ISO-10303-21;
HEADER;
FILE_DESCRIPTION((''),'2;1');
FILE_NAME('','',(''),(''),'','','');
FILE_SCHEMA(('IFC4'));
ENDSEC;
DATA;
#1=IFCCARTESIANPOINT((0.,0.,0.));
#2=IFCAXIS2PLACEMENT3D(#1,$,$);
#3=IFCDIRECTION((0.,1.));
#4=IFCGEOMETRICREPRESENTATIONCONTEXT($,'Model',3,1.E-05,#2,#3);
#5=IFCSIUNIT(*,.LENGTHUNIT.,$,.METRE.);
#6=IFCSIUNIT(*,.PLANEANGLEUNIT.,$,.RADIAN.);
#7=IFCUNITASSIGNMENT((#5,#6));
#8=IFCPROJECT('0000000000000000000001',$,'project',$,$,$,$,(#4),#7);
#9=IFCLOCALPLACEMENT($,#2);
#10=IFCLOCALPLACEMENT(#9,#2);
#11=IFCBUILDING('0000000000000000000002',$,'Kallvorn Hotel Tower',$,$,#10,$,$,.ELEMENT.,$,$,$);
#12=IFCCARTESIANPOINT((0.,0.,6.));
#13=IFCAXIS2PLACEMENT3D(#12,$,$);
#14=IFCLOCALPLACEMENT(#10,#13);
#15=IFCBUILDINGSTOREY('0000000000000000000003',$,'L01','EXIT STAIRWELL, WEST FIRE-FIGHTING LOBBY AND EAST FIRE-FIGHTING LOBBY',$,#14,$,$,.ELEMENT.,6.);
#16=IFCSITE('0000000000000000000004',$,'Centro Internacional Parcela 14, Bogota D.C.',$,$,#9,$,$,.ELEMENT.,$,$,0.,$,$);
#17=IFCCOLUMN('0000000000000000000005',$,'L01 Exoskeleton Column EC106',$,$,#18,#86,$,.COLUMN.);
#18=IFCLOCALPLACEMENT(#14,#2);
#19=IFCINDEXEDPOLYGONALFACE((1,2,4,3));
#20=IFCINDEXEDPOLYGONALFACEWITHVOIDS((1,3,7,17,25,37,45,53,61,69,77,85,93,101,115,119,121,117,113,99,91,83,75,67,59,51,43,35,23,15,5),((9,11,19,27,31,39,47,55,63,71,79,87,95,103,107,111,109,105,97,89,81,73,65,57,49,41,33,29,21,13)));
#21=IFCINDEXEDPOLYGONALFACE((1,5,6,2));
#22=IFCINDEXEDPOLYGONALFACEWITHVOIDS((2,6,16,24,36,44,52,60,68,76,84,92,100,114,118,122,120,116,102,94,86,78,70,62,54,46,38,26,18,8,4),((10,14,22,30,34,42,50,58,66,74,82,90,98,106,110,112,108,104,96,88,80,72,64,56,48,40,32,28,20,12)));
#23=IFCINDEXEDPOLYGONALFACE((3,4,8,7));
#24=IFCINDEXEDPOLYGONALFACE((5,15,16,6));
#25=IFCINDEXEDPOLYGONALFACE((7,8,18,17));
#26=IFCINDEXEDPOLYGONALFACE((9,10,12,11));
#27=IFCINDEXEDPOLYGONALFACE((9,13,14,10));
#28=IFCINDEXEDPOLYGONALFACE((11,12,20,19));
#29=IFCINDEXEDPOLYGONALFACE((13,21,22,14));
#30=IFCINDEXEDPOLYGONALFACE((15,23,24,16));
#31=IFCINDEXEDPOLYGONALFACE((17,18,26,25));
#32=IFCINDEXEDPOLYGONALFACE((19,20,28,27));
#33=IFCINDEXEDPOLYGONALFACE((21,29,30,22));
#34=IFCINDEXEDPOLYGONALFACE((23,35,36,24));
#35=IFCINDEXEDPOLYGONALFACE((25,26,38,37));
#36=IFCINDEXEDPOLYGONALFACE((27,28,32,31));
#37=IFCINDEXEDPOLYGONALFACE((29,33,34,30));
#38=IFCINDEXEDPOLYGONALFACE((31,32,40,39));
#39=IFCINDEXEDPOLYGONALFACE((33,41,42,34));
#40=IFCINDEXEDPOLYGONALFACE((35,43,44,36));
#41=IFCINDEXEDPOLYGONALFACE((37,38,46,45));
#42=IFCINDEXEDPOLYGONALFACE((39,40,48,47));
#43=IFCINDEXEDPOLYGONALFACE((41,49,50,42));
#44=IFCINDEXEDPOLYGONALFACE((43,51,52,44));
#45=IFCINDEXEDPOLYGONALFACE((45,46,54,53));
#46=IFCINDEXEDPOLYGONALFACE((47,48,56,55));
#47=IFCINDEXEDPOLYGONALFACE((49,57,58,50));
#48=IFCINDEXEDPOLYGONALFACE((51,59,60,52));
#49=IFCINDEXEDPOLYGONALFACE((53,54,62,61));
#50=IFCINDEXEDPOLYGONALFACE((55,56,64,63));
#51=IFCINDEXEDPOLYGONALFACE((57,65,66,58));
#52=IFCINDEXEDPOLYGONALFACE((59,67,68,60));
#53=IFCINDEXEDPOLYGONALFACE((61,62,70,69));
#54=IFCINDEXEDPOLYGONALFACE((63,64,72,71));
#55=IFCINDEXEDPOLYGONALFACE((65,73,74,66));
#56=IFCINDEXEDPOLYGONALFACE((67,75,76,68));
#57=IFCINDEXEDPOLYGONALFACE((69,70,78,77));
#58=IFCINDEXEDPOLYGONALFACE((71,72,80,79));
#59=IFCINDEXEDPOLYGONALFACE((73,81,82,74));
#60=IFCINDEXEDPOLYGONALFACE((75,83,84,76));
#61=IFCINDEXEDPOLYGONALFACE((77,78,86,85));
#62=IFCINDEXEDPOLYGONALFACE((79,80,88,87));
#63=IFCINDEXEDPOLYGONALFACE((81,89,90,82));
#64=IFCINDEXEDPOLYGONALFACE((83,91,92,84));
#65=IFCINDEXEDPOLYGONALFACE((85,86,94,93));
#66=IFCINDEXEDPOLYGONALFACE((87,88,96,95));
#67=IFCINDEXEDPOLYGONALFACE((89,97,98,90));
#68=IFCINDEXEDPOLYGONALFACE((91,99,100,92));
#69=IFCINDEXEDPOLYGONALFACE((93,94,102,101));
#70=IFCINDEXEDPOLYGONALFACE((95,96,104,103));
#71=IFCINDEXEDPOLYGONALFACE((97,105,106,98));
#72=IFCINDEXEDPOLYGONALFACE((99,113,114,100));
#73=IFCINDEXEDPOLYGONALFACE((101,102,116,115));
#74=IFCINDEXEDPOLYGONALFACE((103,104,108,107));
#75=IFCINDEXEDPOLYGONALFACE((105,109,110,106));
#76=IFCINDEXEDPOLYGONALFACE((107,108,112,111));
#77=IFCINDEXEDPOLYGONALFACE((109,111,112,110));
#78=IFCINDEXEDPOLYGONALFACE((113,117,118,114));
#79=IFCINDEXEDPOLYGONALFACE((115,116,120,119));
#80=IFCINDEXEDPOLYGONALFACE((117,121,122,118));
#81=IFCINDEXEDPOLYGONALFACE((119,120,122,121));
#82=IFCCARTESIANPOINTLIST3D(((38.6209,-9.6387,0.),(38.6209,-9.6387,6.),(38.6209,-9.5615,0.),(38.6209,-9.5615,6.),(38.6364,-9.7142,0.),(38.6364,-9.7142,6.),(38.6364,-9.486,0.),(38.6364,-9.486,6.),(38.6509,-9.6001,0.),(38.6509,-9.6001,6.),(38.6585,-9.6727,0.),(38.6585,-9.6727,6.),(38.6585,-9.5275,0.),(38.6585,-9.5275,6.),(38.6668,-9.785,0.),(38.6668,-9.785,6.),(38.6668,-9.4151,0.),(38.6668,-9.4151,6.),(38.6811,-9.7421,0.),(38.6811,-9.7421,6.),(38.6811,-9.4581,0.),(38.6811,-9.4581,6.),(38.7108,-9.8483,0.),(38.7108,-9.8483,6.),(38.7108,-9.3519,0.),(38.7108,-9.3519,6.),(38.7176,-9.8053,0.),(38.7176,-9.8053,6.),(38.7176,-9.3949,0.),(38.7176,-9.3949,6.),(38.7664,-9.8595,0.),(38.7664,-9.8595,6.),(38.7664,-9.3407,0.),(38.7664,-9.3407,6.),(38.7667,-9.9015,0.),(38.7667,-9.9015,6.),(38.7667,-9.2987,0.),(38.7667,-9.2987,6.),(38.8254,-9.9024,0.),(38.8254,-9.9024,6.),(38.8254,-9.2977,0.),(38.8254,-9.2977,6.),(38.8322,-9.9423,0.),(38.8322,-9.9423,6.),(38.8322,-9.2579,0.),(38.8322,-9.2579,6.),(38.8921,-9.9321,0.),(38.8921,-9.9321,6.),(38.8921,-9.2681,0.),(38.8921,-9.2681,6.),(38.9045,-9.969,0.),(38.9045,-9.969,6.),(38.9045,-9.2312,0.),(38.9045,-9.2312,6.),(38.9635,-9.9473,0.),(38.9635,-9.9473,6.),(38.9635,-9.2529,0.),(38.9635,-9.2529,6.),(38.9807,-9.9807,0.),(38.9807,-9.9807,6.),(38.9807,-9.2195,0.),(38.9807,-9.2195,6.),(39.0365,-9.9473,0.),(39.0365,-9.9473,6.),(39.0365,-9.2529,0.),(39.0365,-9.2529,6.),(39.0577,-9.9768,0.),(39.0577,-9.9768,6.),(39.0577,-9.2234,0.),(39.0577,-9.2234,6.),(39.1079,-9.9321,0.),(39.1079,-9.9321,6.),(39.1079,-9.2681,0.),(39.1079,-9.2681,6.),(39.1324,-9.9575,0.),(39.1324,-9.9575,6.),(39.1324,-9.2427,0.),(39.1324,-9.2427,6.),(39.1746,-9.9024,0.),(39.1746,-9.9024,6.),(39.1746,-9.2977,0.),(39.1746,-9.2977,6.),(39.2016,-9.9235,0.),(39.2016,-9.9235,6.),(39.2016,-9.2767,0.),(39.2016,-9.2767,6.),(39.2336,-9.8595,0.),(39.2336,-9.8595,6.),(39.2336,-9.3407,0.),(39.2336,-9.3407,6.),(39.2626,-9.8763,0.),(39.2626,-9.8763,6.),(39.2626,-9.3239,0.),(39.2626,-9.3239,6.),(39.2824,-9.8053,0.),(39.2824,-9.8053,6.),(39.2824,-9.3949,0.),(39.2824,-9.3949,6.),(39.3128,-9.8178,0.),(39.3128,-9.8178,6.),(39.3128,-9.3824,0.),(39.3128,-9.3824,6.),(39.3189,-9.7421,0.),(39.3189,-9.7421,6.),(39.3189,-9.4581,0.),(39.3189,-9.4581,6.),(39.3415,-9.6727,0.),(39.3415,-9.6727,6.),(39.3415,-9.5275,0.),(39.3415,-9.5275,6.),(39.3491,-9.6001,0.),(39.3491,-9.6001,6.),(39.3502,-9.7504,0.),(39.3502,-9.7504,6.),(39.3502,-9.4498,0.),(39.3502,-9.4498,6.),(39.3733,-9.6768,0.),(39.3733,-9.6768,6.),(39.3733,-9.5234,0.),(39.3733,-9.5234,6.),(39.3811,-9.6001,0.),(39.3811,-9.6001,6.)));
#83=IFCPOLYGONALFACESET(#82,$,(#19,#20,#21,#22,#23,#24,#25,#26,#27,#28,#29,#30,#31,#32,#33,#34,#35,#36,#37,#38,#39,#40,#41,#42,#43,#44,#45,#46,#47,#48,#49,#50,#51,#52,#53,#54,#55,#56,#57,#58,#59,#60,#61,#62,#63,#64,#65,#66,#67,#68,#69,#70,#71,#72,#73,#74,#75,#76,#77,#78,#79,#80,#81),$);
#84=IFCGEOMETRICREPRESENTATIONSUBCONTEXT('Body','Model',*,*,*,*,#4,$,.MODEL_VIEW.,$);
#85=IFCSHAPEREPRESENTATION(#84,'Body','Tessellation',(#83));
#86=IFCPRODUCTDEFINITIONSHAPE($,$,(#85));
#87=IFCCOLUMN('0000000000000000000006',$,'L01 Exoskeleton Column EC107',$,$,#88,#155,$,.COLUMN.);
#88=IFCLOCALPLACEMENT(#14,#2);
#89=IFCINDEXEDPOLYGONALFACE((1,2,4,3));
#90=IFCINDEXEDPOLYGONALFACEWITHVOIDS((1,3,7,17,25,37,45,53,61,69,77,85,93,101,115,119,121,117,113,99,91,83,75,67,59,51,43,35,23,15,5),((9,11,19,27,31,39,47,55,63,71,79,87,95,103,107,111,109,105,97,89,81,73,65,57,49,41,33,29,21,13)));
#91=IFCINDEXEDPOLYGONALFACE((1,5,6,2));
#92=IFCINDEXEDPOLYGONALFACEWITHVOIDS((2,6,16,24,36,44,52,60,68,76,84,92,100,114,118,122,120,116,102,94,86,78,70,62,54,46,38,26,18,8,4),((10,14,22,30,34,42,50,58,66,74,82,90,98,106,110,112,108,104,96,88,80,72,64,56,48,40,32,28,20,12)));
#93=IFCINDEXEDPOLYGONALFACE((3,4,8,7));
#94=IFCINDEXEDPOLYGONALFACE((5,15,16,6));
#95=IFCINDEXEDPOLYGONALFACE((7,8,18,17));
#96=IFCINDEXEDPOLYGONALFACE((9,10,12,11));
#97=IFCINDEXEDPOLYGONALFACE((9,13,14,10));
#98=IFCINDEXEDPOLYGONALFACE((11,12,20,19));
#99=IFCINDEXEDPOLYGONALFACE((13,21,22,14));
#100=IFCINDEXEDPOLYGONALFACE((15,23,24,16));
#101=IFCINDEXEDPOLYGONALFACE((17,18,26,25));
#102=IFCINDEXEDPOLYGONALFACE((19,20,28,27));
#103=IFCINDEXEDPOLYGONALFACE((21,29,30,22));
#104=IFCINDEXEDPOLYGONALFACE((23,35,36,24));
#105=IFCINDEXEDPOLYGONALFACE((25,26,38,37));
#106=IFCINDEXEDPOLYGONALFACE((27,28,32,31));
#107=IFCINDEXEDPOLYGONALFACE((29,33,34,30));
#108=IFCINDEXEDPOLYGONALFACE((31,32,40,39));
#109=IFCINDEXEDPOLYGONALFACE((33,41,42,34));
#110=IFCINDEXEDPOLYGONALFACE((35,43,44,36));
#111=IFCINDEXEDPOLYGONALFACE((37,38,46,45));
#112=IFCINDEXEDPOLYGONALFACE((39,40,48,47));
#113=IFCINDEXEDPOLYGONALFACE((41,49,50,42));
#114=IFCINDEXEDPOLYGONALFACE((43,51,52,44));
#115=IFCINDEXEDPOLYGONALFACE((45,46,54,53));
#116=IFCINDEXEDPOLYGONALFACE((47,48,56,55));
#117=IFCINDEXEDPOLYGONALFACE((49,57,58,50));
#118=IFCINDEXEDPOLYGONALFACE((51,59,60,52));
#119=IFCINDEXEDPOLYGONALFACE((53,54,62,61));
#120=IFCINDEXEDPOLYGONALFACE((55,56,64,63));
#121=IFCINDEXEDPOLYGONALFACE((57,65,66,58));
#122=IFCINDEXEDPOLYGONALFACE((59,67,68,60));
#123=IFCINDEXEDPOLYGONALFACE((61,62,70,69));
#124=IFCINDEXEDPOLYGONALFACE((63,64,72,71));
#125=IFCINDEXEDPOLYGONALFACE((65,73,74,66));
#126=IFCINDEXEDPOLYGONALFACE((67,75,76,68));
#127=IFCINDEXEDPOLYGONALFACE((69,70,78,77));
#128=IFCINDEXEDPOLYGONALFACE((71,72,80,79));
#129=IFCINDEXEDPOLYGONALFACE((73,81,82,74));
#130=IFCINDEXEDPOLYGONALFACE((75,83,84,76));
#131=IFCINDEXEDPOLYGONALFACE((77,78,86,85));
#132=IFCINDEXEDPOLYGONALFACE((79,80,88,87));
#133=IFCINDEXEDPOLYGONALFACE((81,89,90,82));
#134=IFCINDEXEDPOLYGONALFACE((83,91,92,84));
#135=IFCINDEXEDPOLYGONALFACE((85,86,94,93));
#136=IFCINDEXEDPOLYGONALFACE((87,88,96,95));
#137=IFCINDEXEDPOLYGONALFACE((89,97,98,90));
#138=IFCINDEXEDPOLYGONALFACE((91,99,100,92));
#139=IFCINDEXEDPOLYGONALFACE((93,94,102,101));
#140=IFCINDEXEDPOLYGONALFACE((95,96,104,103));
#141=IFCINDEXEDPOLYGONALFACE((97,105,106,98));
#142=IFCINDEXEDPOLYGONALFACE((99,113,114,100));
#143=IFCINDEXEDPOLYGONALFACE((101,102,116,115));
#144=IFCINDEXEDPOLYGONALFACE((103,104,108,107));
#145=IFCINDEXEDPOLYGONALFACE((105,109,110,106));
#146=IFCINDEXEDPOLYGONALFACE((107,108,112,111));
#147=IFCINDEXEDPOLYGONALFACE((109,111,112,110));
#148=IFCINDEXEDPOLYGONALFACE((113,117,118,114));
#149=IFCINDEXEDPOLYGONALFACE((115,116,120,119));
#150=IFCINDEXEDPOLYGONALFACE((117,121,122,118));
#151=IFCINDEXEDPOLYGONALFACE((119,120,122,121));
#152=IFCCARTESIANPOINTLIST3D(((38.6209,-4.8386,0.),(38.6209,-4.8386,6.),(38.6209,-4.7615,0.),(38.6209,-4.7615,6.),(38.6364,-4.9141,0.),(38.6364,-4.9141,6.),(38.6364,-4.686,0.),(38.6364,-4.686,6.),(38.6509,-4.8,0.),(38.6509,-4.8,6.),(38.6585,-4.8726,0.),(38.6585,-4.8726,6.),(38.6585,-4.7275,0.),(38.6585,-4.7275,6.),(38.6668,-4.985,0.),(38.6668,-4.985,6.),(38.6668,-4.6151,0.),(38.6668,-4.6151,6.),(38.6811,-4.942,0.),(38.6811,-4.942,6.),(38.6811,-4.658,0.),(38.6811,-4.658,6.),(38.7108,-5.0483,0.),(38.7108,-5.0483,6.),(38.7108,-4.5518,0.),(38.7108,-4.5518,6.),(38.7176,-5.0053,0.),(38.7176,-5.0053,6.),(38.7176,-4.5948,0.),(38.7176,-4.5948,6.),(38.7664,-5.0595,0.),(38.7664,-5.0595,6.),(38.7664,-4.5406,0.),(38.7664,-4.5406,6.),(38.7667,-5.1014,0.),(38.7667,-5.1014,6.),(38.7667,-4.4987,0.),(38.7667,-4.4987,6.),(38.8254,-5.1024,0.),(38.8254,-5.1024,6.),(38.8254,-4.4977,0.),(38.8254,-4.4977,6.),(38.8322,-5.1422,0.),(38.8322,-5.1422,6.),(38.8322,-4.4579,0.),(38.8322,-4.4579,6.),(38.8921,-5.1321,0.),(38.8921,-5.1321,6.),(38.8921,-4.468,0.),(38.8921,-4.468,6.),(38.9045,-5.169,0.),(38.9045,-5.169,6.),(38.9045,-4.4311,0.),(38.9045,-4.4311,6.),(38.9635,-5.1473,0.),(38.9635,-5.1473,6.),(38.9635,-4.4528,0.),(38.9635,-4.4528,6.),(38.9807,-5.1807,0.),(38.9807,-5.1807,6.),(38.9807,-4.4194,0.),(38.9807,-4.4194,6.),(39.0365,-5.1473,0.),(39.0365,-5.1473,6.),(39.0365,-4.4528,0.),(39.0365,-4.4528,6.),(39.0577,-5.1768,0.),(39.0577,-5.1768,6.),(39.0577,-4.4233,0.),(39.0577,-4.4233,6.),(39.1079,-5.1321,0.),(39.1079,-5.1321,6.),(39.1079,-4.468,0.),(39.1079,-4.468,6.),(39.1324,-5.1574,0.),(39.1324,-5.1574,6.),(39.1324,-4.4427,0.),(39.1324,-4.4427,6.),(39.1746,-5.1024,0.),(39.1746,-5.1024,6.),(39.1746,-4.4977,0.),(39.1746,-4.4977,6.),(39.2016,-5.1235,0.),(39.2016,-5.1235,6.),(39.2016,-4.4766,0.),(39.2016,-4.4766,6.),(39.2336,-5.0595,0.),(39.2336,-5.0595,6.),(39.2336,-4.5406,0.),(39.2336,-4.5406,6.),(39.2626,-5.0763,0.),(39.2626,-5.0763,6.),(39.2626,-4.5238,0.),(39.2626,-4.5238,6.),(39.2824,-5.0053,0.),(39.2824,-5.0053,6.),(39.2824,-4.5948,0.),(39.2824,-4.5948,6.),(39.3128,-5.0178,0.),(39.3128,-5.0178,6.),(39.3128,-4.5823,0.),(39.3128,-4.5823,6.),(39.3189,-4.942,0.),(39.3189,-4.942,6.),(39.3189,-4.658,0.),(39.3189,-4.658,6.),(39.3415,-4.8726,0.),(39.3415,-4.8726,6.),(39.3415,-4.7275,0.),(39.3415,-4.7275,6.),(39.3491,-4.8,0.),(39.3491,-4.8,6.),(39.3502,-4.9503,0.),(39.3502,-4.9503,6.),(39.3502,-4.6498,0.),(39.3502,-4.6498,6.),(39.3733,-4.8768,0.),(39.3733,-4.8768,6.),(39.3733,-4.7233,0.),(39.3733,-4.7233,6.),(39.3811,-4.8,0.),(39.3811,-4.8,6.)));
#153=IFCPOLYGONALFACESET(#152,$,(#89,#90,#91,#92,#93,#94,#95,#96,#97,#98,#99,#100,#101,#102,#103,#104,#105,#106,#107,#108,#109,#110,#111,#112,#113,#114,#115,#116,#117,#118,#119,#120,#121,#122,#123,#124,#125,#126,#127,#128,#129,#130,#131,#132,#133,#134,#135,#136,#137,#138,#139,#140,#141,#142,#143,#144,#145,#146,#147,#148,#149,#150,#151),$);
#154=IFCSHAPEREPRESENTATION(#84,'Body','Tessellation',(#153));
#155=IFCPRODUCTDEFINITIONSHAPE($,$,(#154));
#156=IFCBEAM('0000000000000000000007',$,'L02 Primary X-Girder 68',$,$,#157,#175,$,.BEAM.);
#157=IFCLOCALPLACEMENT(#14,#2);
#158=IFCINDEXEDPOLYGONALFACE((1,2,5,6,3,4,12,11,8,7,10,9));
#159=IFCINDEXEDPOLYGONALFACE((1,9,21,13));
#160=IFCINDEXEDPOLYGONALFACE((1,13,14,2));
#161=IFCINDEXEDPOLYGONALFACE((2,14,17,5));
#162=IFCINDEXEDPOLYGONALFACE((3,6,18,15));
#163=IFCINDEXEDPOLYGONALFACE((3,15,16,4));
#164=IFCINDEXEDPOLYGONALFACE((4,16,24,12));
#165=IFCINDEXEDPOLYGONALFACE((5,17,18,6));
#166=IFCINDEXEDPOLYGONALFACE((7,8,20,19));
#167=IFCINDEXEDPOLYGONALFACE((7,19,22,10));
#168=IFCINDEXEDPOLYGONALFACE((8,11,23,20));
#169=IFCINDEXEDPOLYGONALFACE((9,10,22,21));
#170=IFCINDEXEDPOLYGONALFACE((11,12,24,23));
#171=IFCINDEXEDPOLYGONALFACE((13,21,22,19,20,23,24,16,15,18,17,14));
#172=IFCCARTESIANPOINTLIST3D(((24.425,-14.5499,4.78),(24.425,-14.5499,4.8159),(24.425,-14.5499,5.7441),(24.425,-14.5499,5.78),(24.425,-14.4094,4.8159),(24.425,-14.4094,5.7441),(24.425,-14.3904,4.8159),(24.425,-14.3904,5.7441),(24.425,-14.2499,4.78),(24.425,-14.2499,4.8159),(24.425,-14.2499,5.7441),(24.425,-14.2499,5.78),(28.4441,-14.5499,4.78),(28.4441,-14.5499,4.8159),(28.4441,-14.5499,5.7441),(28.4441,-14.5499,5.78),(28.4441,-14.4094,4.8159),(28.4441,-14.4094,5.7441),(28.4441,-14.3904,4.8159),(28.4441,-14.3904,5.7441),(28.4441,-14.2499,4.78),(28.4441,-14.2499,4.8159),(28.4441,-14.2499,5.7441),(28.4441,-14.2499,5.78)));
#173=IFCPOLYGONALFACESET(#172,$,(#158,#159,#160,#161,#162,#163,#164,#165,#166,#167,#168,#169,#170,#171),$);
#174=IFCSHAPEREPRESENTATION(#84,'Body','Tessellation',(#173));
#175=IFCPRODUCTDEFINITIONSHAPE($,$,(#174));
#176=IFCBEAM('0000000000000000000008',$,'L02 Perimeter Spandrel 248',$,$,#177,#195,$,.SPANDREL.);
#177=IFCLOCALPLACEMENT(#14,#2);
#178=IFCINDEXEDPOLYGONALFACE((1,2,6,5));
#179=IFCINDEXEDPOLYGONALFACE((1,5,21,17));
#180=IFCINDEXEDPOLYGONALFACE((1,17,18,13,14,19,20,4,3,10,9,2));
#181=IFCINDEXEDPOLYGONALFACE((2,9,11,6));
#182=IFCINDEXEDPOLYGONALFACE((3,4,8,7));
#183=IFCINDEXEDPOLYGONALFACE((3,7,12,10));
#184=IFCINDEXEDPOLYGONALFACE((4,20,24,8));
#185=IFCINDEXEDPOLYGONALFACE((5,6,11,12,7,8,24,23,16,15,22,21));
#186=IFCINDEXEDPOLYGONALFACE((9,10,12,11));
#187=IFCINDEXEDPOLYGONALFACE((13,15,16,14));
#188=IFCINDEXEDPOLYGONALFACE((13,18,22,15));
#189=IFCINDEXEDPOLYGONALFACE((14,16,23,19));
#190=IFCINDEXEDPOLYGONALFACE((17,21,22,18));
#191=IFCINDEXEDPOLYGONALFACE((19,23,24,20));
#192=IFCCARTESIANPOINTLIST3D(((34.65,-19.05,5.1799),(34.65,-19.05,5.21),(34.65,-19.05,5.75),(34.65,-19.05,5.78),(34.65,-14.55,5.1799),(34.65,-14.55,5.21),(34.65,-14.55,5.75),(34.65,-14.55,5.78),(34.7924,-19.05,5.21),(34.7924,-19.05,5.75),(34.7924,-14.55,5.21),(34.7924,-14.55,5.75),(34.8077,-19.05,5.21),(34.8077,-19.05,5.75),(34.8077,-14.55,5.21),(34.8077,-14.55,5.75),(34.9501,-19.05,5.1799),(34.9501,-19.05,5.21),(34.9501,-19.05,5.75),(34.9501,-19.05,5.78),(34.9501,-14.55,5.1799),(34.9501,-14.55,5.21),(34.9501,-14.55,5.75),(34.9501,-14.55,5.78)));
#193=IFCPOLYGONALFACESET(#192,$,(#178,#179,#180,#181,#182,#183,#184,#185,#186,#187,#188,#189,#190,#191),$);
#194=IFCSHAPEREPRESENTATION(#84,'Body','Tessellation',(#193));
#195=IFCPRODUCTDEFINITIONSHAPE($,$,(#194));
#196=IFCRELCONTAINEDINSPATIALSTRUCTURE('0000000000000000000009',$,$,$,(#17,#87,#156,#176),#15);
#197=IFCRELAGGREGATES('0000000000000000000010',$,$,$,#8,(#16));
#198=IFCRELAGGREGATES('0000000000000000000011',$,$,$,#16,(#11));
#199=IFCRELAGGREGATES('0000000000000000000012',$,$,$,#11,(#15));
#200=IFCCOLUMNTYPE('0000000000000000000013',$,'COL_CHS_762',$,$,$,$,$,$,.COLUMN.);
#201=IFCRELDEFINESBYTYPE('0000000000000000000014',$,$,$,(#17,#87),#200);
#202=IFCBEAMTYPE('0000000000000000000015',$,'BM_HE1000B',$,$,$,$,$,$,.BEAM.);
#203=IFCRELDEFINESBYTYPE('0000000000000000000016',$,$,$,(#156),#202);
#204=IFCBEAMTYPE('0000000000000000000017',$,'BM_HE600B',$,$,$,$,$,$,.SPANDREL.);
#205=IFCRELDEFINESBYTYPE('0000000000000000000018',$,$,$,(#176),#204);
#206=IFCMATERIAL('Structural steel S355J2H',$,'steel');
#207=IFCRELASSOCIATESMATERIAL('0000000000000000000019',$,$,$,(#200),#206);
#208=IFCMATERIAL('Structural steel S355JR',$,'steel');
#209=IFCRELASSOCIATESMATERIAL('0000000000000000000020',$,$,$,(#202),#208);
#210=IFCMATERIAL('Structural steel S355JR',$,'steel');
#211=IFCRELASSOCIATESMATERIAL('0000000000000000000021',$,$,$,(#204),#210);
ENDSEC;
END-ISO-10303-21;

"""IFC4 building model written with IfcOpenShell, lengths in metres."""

from ifc_helpers import new_model, si_unit, direction, frame, origin, origin_2d, place, context, subcontext, project, spatial, hollow_circle, i_section, extrude, material, material_profile, profile_set, type_object, element, save


model = new_model("IFC4")

# Units and contexts
model_context = context("Model", 3, precision=1e-05, world=origin(), true_north=direction((0.0, 1.0)))
body_context = subcontext(model_context, "Body", "Model", "MODEL_VIEW")
ifc_project = project(units=[si_unit("LENGTHUNIT", "METRE"), si_unit("PLANEANGLEUNIT", "RADIAN")], contexts=[model_context])

# Site, building, storey
site_placement = place(None, origin())
site = spatial("IfcSite", under=ifc_project, at=site_placement, Name="Centro Internacional Parcela 14, Bogota D.C.", CompositionType="ELEMENT", RefElevation=0.0)
building_placement = place(site_placement, origin())
building = spatial("IfcBuilding", under=site, at=building_placement, Name="Kallvorn Hotel Tower", CompositionType="ELEMENT")
storey_placement = place(building_placement, frame((0.0, 0.0, 6.0)))
storey = spatial("IfcBuildingStorey", under=building, at=storey_placement, Name="L01", Description="EXIT STAIRWELL, WEST FIRE-FIGHTING LOBBY AND EAST FIRE-FIGHTING LOBBY", CompositionType="ELEMENT", Elevation=6.0)

# Columns
ifc_material_1 = material(Name="Structural steel S355J2H", Category="steel")
ifc_material_profile_1 = material_profile(ifc_material_1, hollow_circle(Radius=0.3811, WallThickness=0.032, at=origin_2d()), Name="CHS 762x32")
ifc_profile_set_1 = profile_set([ifc_material_profile_1], Name="Structural steel S355J2H")
column_type = type_object("IfcColumnType", Name="COL_CHS_762", PredefinedType="COLUMN", material=ifc_profile_set_1)
for number, where, z_axis, x_axis, name in (
    (1, (39.0, -9.6001, 0.0), (0.0, 0.0, 1.0), (1.0, 0.0, 0.0), "L01 Exoskeleton Column EC106"),
    (2, (39.0, -4.8, 0.0), (0.0, 0.0, 1.0), (1.0, 0.0, 0.0), "L01 Exoskeleton Column EC107"),
):
    element("IfcColumn", number, at=place(storey_placement, frame(where, z_axis=z_axis, x_axis=x_axis)), inside=storey, type_object=column_type, Name=name, PredefinedType="COLUMN", context=body_context, shape_type="SweptSolid", body=[
        extrude(hollow_circle(Radius=0.3811, WallThickness=0.032, at=origin_2d()), origin(), (0.0, 0.0, 1.0), 6.0),
    ])

# Beams
ifc_material_2 = material(Name="Structural steel S355JR", Category="steel")
ifc_material_profile_2 = material_profile(ifc_material_2, i_section(OverallWidth=0.3, OverallDepth=1.0, WebThickness=0.019, FlangeThickness=0.0359, at=origin_2d()), Name="HE 1000 B")
ifc_profile_set_2 = profile_set([ifc_material_profile_2], Name="Structural steel S355JR")
beam_type_1 = type_object("IfcBeamType", Name="BM_HE1000B", PredefinedType="BEAM", material=ifc_profile_set_2)
beam_1_placement = place(storey_placement, frame((24.425, -14.3999, 5.28), z_axis=(1.0, 0.0, 0.0), x_axis=(0.0, 1.0, 0.0)))
element("IfcBeam", 3, at=beam_1_placement, inside=storey, type_object=beam_type_1, Name="L02 Primary X-Girder 68", PredefinedType="BEAM", context=body_context, shape_type="SweptSolid", body=[
    extrude(i_section(OverallWidth=0.3, OverallDepth=1.0, WebThickness=0.019, FlangeThickness=0.0359, at=origin_2d()), origin(), (0.0, 0.0, 1.0), 4.019),
])
ifc_material_3 = material(Name="Structural steel S355JR", Category="steel")
ifc_material_profile_3 = material_profile(ifc_material_3, i_section(OverallWidth=0.3, OverallDepth=0.6001, WebThickness=0.0154, FlangeThickness=0.03, at=origin_2d()), Name="HE 600 B")
ifc_profile_set_3 = profile_set([ifc_material_profile_3], Name="Structural steel S355JR")
beam_type_2 = type_object("IfcBeamType", Name="BM_HE600B", PredefinedType="SPANDREL", material=ifc_profile_set_3)
for number, where, z_axis, x_axis, name in (
    (4, (34.8, -19.05, 5.48), (0.0, 1.0, 0.0), (-1.0, 0.0, 0.0), "L02 Perimeter Spandrel 248"),
):
    element("IfcBeam", number, at=place(storey_placement, frame(where, z_axis=z_axis, x_axis=x_axis)), inside=storey, type_object=beam_type_2, Name=name, PredefinedType="SPANDREL", context=body_context, shape_type="SweptSolid", body=[
        extrude(i_section(OverallWidth=0.3, OverallDepth=0.6001, WebThickness=0.0154, FlangeThickness=0.03, at=origin_2d()), origin(), (0.0, 0.0, 1.0), 4.5),
    ])

save(model, "model.ifc")
